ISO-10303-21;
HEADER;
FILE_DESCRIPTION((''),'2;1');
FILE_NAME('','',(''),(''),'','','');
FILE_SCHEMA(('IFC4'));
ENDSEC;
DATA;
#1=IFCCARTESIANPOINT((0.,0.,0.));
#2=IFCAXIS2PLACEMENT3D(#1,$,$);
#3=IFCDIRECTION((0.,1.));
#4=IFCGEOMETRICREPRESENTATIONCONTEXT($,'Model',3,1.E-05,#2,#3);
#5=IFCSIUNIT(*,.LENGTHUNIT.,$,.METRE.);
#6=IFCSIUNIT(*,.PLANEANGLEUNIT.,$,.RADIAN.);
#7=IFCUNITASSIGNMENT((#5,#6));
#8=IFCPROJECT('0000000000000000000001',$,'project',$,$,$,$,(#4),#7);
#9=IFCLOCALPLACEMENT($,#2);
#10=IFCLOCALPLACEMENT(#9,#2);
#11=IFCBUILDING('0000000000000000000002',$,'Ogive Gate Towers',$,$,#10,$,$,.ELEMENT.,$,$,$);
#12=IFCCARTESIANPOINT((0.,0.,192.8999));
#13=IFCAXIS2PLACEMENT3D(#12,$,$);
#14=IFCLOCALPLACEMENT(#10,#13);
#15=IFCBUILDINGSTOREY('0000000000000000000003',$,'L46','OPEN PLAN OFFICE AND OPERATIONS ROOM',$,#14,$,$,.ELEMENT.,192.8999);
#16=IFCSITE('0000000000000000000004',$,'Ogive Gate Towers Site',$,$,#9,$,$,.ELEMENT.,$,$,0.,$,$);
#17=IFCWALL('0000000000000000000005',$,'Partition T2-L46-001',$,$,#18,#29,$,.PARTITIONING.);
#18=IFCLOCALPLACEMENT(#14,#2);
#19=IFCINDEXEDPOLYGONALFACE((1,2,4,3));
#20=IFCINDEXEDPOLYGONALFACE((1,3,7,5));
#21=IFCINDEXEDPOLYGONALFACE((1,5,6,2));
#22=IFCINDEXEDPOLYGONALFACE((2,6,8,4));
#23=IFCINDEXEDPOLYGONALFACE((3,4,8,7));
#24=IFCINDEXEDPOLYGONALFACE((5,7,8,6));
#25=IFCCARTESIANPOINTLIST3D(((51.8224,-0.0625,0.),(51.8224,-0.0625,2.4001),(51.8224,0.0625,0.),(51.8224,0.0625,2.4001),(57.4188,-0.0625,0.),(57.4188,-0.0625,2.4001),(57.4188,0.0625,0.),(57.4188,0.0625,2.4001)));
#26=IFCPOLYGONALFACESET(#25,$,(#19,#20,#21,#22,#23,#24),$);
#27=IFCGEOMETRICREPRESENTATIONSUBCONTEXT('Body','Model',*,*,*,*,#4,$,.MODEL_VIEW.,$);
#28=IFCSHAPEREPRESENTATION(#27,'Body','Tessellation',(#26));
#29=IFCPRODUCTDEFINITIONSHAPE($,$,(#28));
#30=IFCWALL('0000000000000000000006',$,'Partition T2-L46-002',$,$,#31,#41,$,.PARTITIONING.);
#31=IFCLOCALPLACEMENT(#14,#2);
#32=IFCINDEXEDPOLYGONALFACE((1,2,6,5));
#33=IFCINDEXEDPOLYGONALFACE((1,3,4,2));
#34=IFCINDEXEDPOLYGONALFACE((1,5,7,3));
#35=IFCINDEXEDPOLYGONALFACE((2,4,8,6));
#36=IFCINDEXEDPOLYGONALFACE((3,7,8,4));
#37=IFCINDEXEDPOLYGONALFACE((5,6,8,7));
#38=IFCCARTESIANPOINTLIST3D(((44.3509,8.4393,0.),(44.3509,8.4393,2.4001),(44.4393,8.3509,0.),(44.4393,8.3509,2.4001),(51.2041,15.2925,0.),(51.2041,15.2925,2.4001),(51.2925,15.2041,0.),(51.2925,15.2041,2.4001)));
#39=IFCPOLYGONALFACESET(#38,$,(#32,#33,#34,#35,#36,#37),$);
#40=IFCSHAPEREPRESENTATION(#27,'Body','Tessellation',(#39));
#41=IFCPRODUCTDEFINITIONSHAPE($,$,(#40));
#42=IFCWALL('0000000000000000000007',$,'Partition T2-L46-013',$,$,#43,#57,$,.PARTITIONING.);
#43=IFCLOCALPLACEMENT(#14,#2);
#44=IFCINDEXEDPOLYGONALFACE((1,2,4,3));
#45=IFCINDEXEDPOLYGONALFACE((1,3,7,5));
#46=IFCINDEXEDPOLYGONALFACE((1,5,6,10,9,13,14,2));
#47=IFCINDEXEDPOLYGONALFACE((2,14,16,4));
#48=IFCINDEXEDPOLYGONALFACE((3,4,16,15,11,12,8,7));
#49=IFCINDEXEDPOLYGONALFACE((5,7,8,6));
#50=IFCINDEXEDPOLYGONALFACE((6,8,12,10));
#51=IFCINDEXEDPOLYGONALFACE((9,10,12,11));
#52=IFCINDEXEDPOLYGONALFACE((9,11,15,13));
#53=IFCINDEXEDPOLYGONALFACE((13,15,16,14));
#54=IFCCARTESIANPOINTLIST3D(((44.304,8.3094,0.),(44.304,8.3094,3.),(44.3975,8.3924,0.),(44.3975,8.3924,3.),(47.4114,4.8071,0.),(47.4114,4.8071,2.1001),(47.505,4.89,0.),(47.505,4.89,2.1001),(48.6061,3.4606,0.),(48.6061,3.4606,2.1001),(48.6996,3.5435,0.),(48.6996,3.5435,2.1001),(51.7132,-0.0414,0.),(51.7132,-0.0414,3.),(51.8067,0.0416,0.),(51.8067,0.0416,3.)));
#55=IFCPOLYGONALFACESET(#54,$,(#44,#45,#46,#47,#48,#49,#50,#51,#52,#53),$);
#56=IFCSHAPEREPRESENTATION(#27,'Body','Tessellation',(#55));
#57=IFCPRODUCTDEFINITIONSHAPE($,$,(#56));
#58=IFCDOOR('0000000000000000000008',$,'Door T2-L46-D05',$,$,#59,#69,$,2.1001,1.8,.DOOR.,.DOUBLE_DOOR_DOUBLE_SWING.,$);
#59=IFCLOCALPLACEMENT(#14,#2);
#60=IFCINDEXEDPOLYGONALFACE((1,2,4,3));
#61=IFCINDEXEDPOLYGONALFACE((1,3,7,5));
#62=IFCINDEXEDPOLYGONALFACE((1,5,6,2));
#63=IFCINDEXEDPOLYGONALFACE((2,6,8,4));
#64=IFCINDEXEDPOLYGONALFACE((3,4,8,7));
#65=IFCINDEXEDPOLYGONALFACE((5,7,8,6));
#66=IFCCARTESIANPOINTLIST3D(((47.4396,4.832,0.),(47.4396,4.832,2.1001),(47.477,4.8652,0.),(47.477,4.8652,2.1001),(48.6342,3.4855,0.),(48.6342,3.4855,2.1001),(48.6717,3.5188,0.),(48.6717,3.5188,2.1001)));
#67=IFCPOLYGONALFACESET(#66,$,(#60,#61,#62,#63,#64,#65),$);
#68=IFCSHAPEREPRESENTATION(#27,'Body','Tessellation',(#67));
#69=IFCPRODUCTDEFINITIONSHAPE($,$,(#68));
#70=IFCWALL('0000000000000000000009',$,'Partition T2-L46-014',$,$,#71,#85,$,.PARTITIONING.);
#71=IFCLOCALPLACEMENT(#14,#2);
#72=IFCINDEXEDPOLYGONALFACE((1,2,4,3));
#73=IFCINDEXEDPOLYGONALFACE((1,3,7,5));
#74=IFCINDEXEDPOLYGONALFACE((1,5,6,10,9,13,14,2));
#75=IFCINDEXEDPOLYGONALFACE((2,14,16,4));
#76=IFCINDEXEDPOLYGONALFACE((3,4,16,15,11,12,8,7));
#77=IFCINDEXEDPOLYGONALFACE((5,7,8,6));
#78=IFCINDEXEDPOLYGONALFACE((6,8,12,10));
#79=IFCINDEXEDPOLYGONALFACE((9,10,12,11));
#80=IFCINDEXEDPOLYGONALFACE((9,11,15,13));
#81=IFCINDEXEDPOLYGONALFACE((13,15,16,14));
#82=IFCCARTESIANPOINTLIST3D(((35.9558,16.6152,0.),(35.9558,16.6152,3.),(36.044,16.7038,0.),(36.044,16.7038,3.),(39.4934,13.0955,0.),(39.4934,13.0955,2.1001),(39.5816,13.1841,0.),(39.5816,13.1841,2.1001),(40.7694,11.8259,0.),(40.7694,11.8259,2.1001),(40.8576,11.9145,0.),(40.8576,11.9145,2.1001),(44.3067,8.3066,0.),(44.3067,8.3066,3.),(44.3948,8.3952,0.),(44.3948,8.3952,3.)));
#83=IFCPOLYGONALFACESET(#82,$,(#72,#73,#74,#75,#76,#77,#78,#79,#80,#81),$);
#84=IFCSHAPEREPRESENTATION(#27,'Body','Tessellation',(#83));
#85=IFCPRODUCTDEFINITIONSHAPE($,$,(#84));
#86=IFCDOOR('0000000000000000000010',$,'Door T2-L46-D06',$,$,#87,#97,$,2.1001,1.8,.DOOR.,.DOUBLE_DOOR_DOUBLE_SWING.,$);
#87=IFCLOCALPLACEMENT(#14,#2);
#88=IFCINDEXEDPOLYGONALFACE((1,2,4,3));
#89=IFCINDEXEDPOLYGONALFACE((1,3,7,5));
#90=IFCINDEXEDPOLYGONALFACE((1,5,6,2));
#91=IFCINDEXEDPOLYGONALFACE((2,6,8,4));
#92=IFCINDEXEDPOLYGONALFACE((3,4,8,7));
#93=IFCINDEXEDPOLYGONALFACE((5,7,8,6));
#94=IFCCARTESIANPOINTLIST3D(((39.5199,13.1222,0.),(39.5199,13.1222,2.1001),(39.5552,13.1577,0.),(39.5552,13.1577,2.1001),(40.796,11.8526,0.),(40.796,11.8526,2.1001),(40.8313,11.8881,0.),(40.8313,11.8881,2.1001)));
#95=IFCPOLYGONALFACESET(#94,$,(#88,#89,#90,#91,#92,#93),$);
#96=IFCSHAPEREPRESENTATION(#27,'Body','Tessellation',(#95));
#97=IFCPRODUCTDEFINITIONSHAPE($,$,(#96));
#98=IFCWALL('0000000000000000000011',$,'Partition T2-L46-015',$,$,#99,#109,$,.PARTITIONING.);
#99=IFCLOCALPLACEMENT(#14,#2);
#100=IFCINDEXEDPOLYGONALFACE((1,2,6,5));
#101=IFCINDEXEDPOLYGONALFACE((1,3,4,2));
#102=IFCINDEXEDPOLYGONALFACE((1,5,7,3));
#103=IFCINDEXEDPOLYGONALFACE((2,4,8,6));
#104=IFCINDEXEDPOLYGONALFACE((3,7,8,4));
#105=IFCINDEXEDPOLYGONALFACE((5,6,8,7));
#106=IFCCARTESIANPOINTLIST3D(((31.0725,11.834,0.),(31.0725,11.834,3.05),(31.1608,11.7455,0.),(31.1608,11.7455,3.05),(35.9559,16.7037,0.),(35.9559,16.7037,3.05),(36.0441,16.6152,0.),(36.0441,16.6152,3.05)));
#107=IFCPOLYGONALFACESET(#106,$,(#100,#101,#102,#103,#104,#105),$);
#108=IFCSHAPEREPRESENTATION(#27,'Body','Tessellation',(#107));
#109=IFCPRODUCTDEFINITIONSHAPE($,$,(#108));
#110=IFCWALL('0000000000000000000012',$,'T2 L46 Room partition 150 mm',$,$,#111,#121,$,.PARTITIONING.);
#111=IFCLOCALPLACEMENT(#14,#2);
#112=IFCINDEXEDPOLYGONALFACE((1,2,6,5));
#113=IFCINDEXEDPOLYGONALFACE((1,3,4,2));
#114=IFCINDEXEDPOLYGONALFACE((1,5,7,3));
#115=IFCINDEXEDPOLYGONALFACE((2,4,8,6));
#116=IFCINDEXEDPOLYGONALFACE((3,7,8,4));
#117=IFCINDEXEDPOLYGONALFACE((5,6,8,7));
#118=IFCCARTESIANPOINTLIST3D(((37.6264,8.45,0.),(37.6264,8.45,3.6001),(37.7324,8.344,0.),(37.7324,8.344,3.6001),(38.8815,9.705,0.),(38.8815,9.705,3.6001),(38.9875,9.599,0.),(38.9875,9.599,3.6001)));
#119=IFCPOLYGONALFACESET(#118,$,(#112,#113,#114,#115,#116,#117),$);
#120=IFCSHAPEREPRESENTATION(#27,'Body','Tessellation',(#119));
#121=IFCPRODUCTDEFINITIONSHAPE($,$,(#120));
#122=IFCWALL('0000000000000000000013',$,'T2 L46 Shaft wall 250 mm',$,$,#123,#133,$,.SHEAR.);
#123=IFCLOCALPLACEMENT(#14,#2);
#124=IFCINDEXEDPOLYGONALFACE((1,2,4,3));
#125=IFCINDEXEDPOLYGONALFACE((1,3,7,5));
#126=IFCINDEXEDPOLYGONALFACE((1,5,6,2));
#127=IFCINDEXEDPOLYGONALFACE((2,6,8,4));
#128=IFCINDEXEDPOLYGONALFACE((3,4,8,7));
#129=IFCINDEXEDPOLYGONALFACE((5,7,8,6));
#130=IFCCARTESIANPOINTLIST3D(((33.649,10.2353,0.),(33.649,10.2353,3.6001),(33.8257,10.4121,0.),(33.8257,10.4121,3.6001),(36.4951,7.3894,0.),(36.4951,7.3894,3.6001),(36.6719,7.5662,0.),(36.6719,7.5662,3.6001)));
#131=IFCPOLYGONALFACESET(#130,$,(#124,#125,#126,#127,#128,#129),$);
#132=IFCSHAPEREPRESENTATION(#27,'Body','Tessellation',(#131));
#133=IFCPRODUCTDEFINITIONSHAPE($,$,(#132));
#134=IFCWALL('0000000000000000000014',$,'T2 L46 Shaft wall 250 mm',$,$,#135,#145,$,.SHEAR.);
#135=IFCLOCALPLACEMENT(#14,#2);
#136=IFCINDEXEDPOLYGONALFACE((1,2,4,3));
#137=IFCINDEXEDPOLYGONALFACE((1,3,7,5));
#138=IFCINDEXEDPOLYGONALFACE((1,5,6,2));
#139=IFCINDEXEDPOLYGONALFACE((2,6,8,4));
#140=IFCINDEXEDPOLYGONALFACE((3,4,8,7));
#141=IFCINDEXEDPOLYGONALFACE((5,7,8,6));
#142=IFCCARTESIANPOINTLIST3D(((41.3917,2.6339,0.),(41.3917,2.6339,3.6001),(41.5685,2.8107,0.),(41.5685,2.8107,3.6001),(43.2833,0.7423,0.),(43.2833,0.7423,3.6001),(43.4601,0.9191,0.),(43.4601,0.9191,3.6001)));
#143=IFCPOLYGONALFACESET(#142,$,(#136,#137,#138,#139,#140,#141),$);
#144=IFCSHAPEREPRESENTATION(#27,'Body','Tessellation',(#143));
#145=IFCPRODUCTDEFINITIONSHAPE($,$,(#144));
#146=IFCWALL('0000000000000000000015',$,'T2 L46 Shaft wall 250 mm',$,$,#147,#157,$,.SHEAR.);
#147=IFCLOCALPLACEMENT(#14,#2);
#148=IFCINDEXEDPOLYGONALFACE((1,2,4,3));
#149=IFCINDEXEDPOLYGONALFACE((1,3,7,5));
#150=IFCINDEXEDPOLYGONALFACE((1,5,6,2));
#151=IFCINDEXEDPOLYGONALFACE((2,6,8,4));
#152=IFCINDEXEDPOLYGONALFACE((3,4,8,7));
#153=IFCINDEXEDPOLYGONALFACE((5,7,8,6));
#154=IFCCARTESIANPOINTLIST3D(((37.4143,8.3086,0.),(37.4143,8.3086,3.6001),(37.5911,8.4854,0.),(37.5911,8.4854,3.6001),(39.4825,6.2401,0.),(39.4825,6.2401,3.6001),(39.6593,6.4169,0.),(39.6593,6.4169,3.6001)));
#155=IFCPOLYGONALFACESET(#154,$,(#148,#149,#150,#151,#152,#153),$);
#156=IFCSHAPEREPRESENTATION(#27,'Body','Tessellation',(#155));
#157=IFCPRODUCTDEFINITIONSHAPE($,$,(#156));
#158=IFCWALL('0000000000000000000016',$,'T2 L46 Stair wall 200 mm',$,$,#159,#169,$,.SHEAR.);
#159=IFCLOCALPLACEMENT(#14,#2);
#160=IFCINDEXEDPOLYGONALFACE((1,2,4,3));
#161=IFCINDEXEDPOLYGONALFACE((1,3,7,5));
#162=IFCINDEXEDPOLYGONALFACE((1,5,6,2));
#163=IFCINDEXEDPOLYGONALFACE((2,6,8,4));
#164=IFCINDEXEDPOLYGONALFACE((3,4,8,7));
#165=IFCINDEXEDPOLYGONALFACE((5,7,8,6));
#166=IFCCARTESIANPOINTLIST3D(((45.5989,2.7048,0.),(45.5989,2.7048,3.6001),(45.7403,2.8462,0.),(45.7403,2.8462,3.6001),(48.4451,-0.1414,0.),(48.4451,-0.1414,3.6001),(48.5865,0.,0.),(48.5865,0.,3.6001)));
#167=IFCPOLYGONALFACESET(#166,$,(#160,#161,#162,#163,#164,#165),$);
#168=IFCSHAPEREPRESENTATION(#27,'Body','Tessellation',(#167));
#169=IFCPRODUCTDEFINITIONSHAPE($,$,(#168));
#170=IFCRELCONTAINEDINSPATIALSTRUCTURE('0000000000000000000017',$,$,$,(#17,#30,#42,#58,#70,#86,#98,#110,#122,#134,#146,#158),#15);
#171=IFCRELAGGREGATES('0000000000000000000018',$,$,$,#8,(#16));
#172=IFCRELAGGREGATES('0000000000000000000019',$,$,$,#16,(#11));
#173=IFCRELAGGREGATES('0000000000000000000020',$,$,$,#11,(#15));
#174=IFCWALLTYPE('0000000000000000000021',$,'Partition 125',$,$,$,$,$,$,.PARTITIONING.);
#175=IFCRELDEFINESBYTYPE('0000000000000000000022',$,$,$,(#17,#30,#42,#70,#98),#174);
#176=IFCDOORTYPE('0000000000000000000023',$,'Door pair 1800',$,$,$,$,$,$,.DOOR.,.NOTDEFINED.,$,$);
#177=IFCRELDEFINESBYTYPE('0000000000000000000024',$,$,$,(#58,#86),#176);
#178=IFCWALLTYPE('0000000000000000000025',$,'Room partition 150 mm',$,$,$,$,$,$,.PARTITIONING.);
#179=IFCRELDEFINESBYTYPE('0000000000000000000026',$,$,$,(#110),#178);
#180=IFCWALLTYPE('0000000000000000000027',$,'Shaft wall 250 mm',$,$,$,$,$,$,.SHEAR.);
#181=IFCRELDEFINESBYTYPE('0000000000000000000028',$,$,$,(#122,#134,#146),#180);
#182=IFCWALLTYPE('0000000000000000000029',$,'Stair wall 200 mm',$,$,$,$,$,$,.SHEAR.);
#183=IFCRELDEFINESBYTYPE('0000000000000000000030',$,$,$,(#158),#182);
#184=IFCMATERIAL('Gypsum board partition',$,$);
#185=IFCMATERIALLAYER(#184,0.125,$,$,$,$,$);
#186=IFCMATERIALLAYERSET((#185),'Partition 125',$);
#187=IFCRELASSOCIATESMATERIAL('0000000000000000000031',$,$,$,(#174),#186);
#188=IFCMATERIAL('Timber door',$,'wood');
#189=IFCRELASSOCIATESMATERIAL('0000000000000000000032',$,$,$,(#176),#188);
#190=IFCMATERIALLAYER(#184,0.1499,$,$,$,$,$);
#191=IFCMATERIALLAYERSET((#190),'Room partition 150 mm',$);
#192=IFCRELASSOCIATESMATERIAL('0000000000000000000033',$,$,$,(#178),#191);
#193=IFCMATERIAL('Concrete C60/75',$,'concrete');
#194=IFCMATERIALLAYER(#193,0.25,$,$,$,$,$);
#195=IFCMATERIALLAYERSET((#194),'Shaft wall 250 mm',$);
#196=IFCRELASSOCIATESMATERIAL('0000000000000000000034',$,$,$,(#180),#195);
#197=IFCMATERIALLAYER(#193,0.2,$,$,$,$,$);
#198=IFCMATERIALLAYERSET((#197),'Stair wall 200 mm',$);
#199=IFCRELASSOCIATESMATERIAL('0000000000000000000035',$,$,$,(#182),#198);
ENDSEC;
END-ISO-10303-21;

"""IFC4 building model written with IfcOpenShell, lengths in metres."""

from ifc_helpers import new_model, si_unit, direction, frame, frame_2d, origin, place, context, subcontext, project, spatial, rectangle, extrude, material, layer, layer_set, type_object, element, fill, save


model = new_model("IFC4")

# Units and contexts
model_context = context("Model", 3, precision=1e-05, world=origin(), true_north=direction((0.0, 1.0)))
body_context = subcontext(model_context, "Body", "Model", "MODEL_VIEW")
ifc_project = project(units=[si_unit("LENGTHUNIT", "METRE"), si_unit("PLANEANGLEUNIT", "RADIAN")], contexts=[model_context])

# Site, building, storey
site_placement = place(None, origin())
site = spatial("IfcSite", under=ifc_project, at=site_placement, Name="Ogive Gate Towers Site", CompositionType="ELEMENT", RefElevation=0.0)
building_placement = place(site_placement, origin())
building = spatial("IfcBuilding", under=site, at=building_placement, Name="Ogive Gate Towers", CompositionType="ELEMENT")
storey_placement = place(building_placement, frame((0.0, 0.0, 192.8999)))
storey = spatial("IfcBuildingStorey", under=building, at=storey_placement, Name="L46", Description="OPEN PLAN OFFICE AND OPERATIONS ROOM", CompositionType="ELEMENT", Elevation=192.8999)

# Shared definitions
ifc_material_1 = material(Name="Concrete C60/75", Category="concrete")

# Walls
ifc_material_2 = material(Name="Gypsum board partition")
ifc_layer_1 = layer(ifc_material_2, 0.125)
ifc_layer_set_1 = layer_set([ifc_layer_1], Name="Partition 125")
wall_type_1 = type_object("IfcWallType", Name="Partition 125", PredefinedType="PARTITIONING", material=ifc_layer_set_1)
wall_1_placement = place(storey_placement, frame((57.4189, 0.0, 0.0), z_axis=(0.0, 0.0, 1.0), x_axis=(-1.0, 0.0, 0.0)))
element("IfcWall", 1, at=wall_1_placement, inside=storey, type_object=wall_type_1, Name="Partition T2-L46-001", PredefinedType="PARTITIONING", context=body_context, shape_type="SweptSolid", body=[
    extrude(rectangle(XDim=5.5964, YDim=0.125, at=frame_2d((2.7983, 0.0))), origin(), (0.0, 0.0, 1.0), 2.4001),
])
wall_2_placement = place(storey_placement, frame((51.2483, 15.2483, 0.0), z_axis=(0.0, 0.0, 1.0), x_axis=(-0.707107, -0.707107, 0.0)))
element("IfcWall", 2, at=wall_2_placement, inside=storey, type_object=wall_type_1, Name="Partition T2-L46-002", PredefinedType="PARTITIONING", context=body_context, shape_type="SweptSolid", body=[
    extrude(rectangle(XDim=9.6919, YDim=0.125, at=frame_2d((4.8459, 0.0))), origin(), (0.0, 0.0, 1.0), 2.4001),
])

# Walls, openings, doors
wall_3_placement = place(storey_placement, frame((51.76, 0.0, 0.0), z_axis=(0.0, 0.0, 1.0), x_axis=(-0.663674, 0.748022, 0.0)))
wall_3 = element("IfcWall", 3, at=wall_3_placement, inside=storey, type_object=wall_type_1, Name="Partition T2-L46-013", PredefinedType="PARTITIONING", context=body_context, shape_type="SweptSolid", body=[
    extrude(rectangle(XDim=11.1638, YDim=0.125, at=frame_2d((5.582, 0.0))), origin(), (0.0, 0.0, 1.0), 3.0),
])
opening_1_placement = place(wall_3_placement, frame((4.6819, 0.0, 0.0)))
opening_1 = element("IfcOpeningElement", 4, at=opening_1_placement, cuts=wall_3, PredefinedType="OPENING", context=body_context, shape_type="SweptSolid", body=[
    extrude(rectangle(XDim=1.8, YDim=2.1001, at=frame_2d((0.8999, 1.05))), frame((0.0, 0.0725, 0.0), z_axis=(0.0, -1.0, 0.0), x_axis=(1.0, 0.0, 0.0)), (0.0, 0.0, 1.0), 0.145),
])
ifc_material_3 = material(Name="Timber door", Category="wood")
door_type_1 = type_object("IfcDoorType", Name="Door pair 1800", OperationType="NOTDEFINED", PredefinedType="DOOR", material=ifc_material_3)
door_1_placement = place(opening_1_placement, origin())
door_1 = element("IfcDoor", 5, at=door_1_placement, inside=storey, type_object=door_type_1, Name="Door T2-L46-D05", OperationType="DOUBLE_DOOR_DOUBLE_SWING", OverallHeight=2.1001, OverallWidth=1.8, PredefinedType="DOOR", context=body_context, shape_type="SweptSolid", body=[
    extrude(rectangle(XDim=1.8, YDim=2.1001, at=frame_2d((0.8999, 1.05))), frame((0.0, 0.0249, 0.0), z_axis=(0.0, -1.0, 0.0), x_axis=(1.0, 0.0, 0.0)), (0.0, 0.0, 1.0), 0.05),
])
fill(opening_1, door_1)
wall_4_placement = place(storey_placement, frame((44.3508, 8.3508, 0.0), z_axis=(0.0, 0.0, 1.0), x_axis=(-0.708897, 0.705312, 0.0)))
wall_4 = element("IfcWall", 6, at=wall_4_placement, inside=storey, type_object=wall_type_1, Name="Partition T2-L46-014", PredefinedType="PARTITIONING", context=body_context, shape_type="SweptSolid", body=[
    extrude(rectangle(XDim=11.78, YDim=0.125, at=frame_2d((5.8901, 0.0))), origin(), (0.0, 0.0, 1.0), 3.0),
])
opening_2_placement = place(wall_4_placement, frame((4.99, 0.0, 0.0)))
opening_2 = element("IfcOpeningElement", 7, at=opening_2_placement, cuts=wall_4, PredefinedType="OPENING", context=body_context, shape_type="SweptSolid", body=[
    extrude(rectangle(XDim=1.8, YDim=2.1001, at=frame_2d((0.8999, 1.05))), frame((0.0, 0.0725, 0.0), z_axis=(0.0, -1.0, 0.0), x_axis=(1.0, 0.0, 0.0)), (0.0, 0.0, 1.0), 0.145),
])
door_2_placement = place(opening_2_placement, origin())
door_2 = element("IfcDoor", 8, at=door_2_placement, inside=storey, type_object=door_type_1, Name="Door T2-L46-D06", OperationType="DOUBLE_DOOR_DOUBLE_SWING", OverallHeight=2.1001, OverallWidth=1.8, PredefinedType="DOOR", context=body_context, shape_type="SweptSolid", body=[
    extrude(rectangle(XDim=1.8, YDim=2.1001, at=frame_2d((0.8999, 1.05))), frame((0.0, 0.0249, 0.0), z_axis=(0.0, -1.0, 0.0), x_axis=(1.0, 0.0, 0.0)), (0.0, 0.0, 1.0), 0.05),
])
fill(opening_2, door_2)

# Walls
wall_5_placement = place(storey_placement, frame((36.0, 16.6594, 0.0), z_axis=(0.0, 0.0, 1.0), x_axis=(-0.708097, -0.706115, 0.0)))
element("IfcWall", 9, at=wall_5_placement, inside=storey, type_object=wall_type_1, Name="Partition T2-L46-015", PredefinedType="PARTITIONING", context=body_context, shape_type="SweptSolid", body=[
    extrude(rectangle(XDim=6.8965, YDim=0.125, at=frame_2d((3.4482, 0.0))), origin(), (0.0, 0.0, 1.0), 3.05),
])
ifc_layer_2 = layer(ifc_material_2, 0.1499)
ifc_layer_set_2 = layer_set([ifc_layer_2], Name="Room partition 150 mm")
wall_type_2 = type_object("IfcWallType", Name="Room partition 150 mm", PredefinedType="PARTITIONING", material=ifc_layer_set_2)
wall_6_placement = place(storey_placement, frame((37.6794, 8.397, 0.0), z_axis=(0.0, 0.0, 1.0), x_axis=(0.707107, 0.707107, 0.0)))
element("IfcWall", 10, at=wall_6_placement, inside=storey, type_object=wall_type_2, Name="T2 L46 Room partition 150 mm", PredefinedType="PARTITIONING", context=body_context, shape_type="SweptSolid", body=[
    extrude(rectangle(XDim=1.7749, YDim=0.1499, at=frame_2d((0.8875, 0.0))), origin(), (0.0, 0.0, 1.0), 3.6001),
])
ifc_layer_3 = layer(ifc_material_1, 0.25)
ifc_layer_set_3 = layer_set([ifc_layer_3], Name="Shaft wall 250 mm")
wall_type_3 = type_object("IfcWallType", Name="Shaft wall 250 mm", PredefinedType="SHEAR", material=ifc_layer_set_3)
wall_7_placement = place(storey_placement, frame((36.5835, 7.4778, 0.0), z_axis=(0.0, 0.0, 1.0), x_axis=(-0.707137, 0.707076, 0.0)))
element("IfcWall", 11, at=wall_7_placement, inside=storey, type_object=wall_type_3, Name="T2 L46 Shaft wall 250 mm", PredefinedType="SHEAR", context=body_context, shape_type="SweptSolid", body=[
    extrude(rectangle(XDim=4.0249, YDim=0.25, at=frame_2d((2.0125, 0.0))), origin(), (0.0, 0.0, 1.0), 3.6001),
])
wall_8_placement = place(storey_placement, frame((43.3716, 0.8308, 0.0), z_axis=(0.0, 0.0, 1.0), x_axis=(-0.707107, 0.707107, 0.0)))
element("IfcWall", 12, at=wall_8_placement, inside=storey, type_object=wall_type_3, Name="T2 L46 Shaft wall 250 mm", PredefinedType="SHEAR", context=body_context, shape_type="SweptSolid", body=[
    extrude(rectangle(XDim=2.675, YDim=0.25, at=frame_2d((1.3374, 0.0))), origin(), (0.0, 0.0, 1.0), 3.6001),
])
wall_9_placement = place(storey_placement, frame((39.5708, 6.3286, 0.0), z_axis=(0.0, 0.0, 1.0), x_axis=(-0.707065, 0.707149, 0.0)))
element("IfcWall", 13, at=wall_9_placement, inside=storey, type_object=wall_type_3, Name="T2 L46 Shaft wall 250 mm", PredefinedType="SHEAR", context=body_context, shape_type="SweptSolid", body=[
    extrude(rectangle(XDim=2.925, YDim=0.25, at=frame_2d((1.4624, 0.0))), origin(), (0.0, 0.0, 1.0), 3.6001),
])
ifc_layer_4 = layer(ifc_material_1, 0.2)
ifc_layer_set_4 = layer_set([ifc_layer_4], Name="Stair wall 200 mm")
wall_type_4 = type_object("IfcWallType", Name="Stair wall 200 mm", PredefinedType="SHEAR", material=ifc_layer_set_4)
wall_10_placement = place(storey_placement, frame((48.5159, -0.0708, 0.0), z_axis=(0.0, 0.0, 1.0), x_axis=(-0.707107, 0.707107, 0.0)))
element("IfcWall", 14, at=wall_10_placement, inside=storey, type_object=wall_type_4, Name="T2 L46 Stair wall 200 mm", PredefinedType="SHEAR", context=body_context, shape_type="SweptSolid", body=[
    extrude(rectangle(XDim=4.0251, YDim=0.2, at=frame_2d((2.0127, 0.0))), origin(), (0.0, 0.0, 1.0), 3.6001),
])

save(model, "model.ifc")
